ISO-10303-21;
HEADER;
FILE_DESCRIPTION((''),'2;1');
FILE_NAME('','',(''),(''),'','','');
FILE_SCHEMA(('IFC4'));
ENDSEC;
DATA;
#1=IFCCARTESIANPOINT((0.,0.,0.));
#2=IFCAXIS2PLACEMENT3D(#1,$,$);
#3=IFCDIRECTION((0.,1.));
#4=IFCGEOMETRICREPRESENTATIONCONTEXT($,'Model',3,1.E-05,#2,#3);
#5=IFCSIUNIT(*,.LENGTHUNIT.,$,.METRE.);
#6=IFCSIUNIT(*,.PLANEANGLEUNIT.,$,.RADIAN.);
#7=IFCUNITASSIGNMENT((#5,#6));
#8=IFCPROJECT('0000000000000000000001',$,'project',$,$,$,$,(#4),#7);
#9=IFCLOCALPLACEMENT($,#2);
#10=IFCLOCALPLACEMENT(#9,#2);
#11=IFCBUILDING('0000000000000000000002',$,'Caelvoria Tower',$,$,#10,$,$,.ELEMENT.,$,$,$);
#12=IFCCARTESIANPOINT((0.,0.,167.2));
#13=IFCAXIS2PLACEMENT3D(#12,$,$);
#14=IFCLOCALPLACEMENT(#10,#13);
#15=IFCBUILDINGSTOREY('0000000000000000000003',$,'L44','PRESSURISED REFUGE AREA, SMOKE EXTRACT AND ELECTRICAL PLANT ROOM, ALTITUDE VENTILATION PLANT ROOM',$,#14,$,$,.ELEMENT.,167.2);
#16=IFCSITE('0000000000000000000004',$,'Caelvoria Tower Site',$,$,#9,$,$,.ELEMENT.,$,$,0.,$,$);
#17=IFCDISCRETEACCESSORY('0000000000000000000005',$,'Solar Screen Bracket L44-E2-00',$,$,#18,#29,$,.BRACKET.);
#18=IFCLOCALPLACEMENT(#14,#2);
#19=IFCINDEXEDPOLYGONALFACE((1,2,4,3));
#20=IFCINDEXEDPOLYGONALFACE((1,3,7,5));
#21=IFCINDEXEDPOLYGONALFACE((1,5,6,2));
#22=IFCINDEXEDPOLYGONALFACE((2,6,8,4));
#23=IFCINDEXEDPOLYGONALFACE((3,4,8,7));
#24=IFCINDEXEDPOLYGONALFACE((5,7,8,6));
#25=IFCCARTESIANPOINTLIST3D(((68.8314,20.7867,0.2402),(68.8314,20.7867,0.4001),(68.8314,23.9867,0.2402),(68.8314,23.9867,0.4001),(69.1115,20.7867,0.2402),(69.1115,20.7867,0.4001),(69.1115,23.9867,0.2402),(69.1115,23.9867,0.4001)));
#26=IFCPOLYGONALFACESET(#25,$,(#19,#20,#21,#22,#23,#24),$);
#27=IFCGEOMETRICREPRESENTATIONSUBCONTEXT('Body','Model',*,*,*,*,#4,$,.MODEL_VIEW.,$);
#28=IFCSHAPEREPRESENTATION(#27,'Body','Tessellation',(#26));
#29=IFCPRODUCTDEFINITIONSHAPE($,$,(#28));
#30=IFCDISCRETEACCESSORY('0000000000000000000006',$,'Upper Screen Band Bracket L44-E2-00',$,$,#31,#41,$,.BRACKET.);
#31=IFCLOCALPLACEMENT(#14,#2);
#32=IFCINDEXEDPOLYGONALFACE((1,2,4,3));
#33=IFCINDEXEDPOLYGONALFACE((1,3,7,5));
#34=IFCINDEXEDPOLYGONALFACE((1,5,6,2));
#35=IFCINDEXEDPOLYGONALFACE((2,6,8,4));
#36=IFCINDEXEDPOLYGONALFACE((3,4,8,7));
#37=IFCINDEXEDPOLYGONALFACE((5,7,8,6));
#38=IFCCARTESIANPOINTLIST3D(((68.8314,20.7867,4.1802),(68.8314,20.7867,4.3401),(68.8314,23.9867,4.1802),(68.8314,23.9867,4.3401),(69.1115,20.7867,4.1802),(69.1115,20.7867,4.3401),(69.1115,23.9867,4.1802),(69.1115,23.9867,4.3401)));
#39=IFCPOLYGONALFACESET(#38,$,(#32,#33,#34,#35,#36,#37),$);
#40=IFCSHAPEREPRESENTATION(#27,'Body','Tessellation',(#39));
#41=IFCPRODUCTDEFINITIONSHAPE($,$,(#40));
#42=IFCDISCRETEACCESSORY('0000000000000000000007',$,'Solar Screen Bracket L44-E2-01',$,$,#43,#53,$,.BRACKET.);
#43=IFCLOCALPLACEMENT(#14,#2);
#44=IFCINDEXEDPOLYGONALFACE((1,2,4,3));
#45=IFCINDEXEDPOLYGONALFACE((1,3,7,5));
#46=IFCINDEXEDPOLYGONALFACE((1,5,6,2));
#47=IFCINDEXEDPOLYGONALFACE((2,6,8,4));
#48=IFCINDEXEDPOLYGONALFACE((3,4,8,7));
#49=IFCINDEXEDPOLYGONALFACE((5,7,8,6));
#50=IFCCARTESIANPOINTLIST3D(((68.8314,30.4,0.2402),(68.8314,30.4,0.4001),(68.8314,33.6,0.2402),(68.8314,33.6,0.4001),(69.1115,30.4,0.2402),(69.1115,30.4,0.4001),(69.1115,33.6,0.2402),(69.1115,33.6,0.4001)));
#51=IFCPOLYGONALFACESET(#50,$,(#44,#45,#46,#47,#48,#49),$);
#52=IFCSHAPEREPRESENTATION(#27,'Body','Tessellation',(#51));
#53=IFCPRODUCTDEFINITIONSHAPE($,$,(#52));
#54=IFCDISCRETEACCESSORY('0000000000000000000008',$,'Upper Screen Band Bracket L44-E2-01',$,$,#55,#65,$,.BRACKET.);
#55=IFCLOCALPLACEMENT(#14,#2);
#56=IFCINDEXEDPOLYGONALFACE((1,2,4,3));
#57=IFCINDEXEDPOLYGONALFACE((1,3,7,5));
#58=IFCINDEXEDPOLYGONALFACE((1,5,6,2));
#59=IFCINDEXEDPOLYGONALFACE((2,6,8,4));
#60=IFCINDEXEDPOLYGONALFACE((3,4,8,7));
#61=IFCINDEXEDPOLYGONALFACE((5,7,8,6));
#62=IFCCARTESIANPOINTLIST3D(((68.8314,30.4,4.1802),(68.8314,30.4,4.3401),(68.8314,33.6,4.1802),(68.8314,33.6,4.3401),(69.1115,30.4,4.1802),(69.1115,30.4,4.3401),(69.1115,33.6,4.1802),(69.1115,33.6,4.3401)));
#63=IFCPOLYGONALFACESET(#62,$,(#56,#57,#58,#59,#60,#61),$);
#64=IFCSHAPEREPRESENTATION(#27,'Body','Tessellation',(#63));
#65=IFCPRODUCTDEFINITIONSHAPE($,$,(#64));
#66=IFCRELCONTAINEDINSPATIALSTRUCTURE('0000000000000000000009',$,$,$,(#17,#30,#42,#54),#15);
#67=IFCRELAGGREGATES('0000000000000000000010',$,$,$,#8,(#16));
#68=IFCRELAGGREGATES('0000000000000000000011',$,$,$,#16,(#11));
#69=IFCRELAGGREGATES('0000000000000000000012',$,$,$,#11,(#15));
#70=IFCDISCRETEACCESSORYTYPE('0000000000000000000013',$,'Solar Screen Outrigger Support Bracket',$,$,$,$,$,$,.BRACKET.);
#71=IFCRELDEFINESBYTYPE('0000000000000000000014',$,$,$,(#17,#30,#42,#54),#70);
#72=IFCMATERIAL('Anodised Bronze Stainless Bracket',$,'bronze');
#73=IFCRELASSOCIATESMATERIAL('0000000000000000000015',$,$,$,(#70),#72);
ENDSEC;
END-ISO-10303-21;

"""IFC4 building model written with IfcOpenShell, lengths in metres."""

from ifc_helpers import new_model, si_unit, direction, frame, origin, origin_2d, place, context, subcontext, project, spatial, rectangle, extrude, material, type_object, element, save


model = new_model("IFC4")

# Units and contexts
model_context = context("Model", 3, precision=1e-05, world=origin(), true_north=direction((0.0, 1.0)))
body_context = subcontext(model_context, "Body", "Model", "MODEL_VIEW")
ifc_project = project(units=[si_unit("LENGTHUNIT", "METRE"), si_unit("PLANEANGLEUNIT", "RADIAN")], contexts=[model_context])

# Site, building, storey
site_placement = place(None, origin())
site = spatial("IfcSite", under=ifc_project, at=site_placement, Name="Caelvoria Tower Site", CompositionType="ELEMENT", RefElevation=0.0)
building_placement = place(site_placement, origin())
building = spatial("IfcBuilding", under=site, at=building_placement, Name="Caelvoria Tower", CompositionType="ELEMENT")
storey_placement = place(building_placement, frame((0.0, 0.0, 167.2)))
storey = spatial("IfcBuildingStorey", under=building, at=storey_placement, Name="L44", Description="PRESSURISED REFUGE AREA, SMOKE EXTRACT AND ELECTRICAL PLANT ROOM, ALTITUDE VENTILATION PLANT ROOM", CompositionType="ELEMENT", Elevation=167.2)

# Discrete accessories
ifc_material_1 = material(Name="Anodised Bronze Stainless Bracket", Category="bronze")
discrete_accessory_type = type_object("IfcDiscreteAccessoryType", Name="Solar Screen Outrigger Support Bracket", PredefinedType="BRACKET", material=ifc_material_1)
for number, where, z_axis, x_axis, name in (
    (1, (68.9714, 22.3867, 0.2402), (0.0, 0.0, 1.0), (0.0, 1.0, 0.0), "Solar Screen Bracket L44-E2-00"),
    (2, (68.9714, 22.3867, 4.1802), (0.0, 0.0, 1.0), (0.0, 1.0, 0.0), "Upper Screen Band Bracket L44-E2-00"),
    (3, (68.9714, 32.0, 0.2402), (0.0, 0.0, 1.0), (0.0, 1.0, 0.0), "Solar Screen Bracket L44-E2-01"),
    (4, (68.9714, 32.0, 4.1802), (0.0, 0.0, 1.0), (0.0, 1.0, 0.0), "Upper Screen Band Bracket L44-E2-01"),
):
    element("IfcDiscreteAccessory", number, at=place(storey_placement, frame(where, z_axis=z_axis, x_axis=x_axis)), inside=storey, type_object=discrete_accessory_type, Name=name, PredefinedType="BRACKET", context=body_context, shape_type="SweptSolid", body=[
        extrude(rectangle(XDim=3.2, YDim=0.28, at=origin_2d()), origin(), (0.0, 0.0, 1.0), 0.1599),
    ])

save(model, "model.ifc")
